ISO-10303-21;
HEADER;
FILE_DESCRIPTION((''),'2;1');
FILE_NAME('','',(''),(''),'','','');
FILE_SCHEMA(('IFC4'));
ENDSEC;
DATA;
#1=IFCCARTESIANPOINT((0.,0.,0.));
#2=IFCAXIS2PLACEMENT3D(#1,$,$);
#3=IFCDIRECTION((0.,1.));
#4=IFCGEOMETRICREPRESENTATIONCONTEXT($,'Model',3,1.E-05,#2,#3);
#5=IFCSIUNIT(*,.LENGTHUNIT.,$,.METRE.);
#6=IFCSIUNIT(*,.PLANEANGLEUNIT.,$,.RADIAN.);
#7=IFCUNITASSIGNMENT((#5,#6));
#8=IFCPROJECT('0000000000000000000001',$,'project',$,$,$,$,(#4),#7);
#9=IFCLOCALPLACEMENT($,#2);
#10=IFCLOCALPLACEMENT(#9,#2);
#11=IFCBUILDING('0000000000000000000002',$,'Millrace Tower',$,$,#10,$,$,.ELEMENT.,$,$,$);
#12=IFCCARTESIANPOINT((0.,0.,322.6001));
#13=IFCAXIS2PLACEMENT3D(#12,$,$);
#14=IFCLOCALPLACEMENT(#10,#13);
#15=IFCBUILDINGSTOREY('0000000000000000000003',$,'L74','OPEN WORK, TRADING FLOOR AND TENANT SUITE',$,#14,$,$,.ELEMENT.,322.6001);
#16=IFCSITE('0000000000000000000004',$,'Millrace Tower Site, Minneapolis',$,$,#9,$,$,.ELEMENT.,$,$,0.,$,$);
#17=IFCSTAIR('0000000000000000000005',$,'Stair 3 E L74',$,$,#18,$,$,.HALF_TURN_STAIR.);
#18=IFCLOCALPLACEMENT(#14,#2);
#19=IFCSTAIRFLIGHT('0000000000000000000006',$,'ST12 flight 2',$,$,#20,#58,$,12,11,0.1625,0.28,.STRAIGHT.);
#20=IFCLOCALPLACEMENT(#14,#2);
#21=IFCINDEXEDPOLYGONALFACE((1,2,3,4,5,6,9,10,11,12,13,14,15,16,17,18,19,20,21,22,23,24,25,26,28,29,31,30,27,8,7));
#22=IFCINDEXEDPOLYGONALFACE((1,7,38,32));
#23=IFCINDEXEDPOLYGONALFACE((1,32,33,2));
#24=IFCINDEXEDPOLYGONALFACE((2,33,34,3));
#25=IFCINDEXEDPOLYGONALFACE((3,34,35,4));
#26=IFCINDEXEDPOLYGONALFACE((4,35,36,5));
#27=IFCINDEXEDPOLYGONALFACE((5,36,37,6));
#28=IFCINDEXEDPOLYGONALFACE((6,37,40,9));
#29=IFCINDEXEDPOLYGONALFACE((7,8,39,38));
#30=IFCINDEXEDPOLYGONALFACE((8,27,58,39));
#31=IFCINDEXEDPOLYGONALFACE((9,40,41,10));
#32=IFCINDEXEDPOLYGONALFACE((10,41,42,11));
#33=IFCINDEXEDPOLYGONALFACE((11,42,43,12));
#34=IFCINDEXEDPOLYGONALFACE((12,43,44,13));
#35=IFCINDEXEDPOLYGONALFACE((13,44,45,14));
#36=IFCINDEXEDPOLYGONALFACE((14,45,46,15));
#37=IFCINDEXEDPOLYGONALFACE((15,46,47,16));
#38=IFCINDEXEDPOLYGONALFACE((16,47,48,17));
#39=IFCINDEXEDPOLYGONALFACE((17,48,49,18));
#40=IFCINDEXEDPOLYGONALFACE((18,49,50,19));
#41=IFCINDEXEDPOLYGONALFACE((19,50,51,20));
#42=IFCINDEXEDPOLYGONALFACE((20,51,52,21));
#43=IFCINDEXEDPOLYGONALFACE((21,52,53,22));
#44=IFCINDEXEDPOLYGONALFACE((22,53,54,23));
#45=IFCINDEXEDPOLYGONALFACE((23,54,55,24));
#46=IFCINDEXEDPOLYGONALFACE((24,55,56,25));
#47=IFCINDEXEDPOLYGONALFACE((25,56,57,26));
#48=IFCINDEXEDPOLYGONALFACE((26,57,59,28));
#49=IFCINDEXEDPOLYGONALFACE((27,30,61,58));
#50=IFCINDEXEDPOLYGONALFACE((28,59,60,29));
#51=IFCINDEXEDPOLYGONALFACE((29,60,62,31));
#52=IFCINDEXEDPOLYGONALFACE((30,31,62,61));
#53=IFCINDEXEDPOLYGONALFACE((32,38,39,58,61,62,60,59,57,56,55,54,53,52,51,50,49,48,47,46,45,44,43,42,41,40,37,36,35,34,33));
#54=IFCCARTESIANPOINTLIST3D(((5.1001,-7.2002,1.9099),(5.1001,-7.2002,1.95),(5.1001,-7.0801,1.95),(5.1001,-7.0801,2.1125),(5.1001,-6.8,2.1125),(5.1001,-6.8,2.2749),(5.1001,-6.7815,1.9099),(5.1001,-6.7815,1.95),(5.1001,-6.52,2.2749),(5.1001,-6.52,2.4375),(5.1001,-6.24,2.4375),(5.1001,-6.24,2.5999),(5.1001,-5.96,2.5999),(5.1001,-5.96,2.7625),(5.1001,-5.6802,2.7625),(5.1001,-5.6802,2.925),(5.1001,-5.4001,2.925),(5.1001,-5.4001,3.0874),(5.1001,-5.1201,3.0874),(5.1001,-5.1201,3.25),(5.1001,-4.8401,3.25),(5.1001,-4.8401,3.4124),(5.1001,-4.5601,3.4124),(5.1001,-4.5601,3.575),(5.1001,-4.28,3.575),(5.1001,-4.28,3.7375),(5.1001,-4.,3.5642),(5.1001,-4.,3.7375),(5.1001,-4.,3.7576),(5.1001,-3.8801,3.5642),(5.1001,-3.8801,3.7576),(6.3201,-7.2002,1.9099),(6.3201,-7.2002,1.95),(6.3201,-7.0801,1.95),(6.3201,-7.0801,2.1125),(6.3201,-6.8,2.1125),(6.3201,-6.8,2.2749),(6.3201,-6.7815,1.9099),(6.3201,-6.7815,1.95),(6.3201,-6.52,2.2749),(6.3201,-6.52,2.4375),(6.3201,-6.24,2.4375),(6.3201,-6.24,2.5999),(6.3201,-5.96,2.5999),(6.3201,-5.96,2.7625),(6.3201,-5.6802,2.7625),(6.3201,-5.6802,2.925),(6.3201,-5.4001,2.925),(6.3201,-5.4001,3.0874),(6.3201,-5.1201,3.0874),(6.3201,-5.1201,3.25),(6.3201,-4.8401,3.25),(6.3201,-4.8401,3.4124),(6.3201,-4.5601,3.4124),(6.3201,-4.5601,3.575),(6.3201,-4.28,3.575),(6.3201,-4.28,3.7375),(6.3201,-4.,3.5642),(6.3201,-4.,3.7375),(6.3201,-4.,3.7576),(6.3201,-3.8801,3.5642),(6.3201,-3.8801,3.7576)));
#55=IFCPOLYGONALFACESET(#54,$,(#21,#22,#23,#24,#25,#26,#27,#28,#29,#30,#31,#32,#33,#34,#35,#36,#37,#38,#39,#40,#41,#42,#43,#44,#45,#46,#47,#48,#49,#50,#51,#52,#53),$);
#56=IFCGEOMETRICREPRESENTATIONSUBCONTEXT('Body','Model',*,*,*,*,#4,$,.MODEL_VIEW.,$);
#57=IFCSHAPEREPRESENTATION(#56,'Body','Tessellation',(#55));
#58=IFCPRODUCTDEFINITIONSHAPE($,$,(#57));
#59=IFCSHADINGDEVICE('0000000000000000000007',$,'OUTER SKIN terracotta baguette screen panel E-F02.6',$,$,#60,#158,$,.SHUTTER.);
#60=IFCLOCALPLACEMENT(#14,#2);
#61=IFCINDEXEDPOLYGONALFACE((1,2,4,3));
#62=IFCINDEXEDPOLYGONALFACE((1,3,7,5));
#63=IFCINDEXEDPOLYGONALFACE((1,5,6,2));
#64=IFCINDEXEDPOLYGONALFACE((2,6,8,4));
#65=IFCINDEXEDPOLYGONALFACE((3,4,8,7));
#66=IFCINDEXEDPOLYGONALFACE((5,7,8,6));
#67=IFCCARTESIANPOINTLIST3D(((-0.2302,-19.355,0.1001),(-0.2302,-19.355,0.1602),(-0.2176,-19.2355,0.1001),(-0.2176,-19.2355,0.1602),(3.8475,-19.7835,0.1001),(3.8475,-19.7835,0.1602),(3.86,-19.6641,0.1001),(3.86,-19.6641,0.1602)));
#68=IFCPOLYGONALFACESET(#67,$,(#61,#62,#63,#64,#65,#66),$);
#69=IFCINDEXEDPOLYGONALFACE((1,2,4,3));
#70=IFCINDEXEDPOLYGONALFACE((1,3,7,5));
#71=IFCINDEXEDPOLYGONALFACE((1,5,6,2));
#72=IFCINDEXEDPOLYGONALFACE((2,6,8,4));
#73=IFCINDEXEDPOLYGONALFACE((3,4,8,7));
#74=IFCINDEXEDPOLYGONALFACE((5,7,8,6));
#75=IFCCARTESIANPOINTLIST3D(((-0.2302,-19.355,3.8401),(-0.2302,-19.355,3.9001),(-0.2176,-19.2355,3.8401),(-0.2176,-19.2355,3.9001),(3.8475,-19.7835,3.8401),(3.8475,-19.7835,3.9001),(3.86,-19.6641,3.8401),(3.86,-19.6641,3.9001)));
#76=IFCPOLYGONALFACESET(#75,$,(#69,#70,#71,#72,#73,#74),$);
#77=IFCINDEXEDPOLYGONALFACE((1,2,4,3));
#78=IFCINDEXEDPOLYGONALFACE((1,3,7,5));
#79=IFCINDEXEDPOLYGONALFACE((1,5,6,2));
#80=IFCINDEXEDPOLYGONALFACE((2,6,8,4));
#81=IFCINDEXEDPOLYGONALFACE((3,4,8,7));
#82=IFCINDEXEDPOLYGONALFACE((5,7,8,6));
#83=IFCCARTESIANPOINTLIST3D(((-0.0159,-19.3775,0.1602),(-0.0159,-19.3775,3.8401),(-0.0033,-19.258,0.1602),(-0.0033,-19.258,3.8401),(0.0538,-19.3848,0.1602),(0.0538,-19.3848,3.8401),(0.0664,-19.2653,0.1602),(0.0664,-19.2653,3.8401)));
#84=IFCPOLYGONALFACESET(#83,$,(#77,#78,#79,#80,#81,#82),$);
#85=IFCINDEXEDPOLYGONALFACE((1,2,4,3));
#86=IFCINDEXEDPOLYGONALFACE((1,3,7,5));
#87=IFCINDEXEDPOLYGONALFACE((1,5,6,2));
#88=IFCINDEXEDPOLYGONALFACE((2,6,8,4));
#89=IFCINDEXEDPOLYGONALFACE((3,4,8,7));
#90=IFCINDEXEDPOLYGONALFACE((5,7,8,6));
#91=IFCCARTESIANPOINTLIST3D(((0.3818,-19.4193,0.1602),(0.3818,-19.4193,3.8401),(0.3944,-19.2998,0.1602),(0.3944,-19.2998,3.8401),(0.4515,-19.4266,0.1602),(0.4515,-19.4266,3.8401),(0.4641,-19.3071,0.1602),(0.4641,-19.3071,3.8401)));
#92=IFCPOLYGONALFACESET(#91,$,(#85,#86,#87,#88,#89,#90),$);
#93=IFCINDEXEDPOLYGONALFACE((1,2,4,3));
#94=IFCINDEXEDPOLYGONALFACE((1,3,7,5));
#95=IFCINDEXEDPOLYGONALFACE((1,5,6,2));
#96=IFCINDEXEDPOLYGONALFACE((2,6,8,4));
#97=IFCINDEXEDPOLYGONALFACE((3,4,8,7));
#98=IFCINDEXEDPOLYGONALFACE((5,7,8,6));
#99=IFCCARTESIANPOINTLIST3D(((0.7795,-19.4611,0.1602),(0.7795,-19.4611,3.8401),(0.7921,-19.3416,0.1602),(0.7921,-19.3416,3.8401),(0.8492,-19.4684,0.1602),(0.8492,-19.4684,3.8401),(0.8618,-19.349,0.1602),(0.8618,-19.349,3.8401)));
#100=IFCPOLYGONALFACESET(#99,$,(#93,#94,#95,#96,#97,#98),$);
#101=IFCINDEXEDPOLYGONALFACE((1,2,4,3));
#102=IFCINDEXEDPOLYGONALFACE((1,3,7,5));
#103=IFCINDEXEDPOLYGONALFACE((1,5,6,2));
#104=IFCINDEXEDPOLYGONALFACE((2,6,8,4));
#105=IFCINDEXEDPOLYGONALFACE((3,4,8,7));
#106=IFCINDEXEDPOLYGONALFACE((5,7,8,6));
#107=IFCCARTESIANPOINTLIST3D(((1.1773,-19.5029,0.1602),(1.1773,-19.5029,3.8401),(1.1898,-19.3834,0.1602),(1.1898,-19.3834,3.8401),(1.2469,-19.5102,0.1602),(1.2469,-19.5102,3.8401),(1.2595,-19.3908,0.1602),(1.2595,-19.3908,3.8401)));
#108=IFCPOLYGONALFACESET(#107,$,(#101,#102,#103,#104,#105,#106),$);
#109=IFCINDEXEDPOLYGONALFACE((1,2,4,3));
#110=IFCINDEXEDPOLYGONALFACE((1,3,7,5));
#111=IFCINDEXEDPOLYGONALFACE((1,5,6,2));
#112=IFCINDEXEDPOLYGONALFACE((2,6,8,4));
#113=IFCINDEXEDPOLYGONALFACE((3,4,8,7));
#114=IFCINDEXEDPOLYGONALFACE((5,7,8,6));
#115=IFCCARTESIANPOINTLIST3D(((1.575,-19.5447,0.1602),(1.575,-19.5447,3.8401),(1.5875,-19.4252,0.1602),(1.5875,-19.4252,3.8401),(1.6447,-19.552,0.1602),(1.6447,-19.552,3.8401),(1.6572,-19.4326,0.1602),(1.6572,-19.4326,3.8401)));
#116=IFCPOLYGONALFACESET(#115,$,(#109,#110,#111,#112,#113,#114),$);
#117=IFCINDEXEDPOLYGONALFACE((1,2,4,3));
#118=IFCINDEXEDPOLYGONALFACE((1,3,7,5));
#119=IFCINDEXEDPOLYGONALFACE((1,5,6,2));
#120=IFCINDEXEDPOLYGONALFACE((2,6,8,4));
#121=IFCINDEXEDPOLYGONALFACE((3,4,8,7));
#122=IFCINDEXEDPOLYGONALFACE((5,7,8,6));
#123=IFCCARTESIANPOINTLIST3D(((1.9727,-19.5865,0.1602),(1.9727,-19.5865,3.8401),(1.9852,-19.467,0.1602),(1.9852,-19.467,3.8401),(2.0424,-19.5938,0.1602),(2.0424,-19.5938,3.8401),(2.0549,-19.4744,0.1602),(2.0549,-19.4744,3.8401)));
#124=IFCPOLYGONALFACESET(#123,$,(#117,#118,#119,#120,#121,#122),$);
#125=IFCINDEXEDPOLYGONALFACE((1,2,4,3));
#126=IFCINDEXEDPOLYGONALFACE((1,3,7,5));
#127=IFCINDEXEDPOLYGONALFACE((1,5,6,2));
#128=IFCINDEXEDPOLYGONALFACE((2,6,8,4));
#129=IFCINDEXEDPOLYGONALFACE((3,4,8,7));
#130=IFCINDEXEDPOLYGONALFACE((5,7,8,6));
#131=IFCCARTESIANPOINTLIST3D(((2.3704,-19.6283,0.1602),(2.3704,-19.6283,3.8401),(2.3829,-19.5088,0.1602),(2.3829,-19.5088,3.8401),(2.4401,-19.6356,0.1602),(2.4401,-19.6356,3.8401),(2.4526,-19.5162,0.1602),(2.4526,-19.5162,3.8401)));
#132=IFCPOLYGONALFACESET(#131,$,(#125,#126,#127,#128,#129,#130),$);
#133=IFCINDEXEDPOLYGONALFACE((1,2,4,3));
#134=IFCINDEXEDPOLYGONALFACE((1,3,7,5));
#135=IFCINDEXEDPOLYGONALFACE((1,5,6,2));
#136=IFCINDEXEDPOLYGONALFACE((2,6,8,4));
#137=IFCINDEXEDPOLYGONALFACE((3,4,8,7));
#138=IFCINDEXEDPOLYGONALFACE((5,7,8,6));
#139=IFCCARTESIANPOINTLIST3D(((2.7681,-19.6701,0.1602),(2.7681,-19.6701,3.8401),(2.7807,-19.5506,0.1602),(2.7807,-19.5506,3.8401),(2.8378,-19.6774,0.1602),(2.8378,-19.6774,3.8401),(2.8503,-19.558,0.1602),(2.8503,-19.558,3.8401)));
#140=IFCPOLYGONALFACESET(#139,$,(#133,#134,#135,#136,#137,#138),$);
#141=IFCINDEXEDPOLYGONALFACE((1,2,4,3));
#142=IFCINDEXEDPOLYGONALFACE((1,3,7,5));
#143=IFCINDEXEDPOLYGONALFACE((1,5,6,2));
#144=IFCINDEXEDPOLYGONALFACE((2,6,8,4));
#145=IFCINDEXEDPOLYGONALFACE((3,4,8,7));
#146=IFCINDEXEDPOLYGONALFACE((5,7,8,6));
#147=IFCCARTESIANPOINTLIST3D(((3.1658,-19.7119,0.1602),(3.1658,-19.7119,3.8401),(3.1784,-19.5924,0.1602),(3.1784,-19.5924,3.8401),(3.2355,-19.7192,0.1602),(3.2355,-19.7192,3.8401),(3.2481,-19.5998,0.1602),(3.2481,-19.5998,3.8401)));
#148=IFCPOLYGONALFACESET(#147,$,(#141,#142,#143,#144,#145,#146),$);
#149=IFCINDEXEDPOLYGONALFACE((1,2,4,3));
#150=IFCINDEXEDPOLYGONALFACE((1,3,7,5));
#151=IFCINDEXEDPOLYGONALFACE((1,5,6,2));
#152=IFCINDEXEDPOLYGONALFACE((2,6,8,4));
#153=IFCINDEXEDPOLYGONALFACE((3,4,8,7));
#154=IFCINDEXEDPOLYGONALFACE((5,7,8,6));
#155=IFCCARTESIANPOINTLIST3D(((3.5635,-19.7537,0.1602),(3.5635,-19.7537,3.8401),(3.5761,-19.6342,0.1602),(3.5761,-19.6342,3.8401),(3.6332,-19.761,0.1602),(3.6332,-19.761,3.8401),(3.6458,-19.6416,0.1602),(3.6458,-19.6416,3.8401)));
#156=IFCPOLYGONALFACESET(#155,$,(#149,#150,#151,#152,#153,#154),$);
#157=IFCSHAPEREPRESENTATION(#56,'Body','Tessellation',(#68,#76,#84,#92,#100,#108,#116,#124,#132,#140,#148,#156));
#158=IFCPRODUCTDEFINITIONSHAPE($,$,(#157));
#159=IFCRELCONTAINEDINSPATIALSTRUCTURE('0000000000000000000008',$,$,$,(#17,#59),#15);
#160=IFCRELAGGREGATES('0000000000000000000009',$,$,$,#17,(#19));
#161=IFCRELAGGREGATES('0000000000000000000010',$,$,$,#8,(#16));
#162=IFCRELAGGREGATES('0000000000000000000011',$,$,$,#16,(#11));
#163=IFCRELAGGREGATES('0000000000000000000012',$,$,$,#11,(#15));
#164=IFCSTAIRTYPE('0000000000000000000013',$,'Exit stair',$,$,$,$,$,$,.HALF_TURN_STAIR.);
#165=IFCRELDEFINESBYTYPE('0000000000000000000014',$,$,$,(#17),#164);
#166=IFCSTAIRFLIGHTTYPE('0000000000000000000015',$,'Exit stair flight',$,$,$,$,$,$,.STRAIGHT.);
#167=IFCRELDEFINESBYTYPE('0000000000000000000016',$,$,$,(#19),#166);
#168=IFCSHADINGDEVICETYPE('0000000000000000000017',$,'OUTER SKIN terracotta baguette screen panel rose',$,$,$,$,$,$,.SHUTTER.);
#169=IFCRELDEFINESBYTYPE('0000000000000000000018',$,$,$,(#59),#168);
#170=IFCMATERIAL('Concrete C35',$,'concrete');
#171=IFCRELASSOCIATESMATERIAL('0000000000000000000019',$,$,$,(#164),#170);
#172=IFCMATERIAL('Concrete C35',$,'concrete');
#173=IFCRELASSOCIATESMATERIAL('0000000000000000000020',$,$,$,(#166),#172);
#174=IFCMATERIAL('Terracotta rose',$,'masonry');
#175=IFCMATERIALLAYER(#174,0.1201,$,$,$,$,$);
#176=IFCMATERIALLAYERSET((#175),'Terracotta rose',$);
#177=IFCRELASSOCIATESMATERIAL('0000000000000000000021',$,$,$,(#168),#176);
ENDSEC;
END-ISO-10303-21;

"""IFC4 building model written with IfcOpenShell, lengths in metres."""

from ifc_helpers import new_model, entity, si_unit, direction, frame, frame_2d, origin, place, context, subcontext, project, spatial, polyline, rectangle, outline, extrude, source, transform, mapped, material, layer, layer_set, type_object, element, aggregate, save


model = new_model("IFC4")

# Units and contexts
model_context = context("Model", 3, precision=1e-05, world=origin(), true_north=direction((0.0, 1.0)))
body_context = subcontext(model_context, "Body", "Model", "MODEL_VIEW")
ifc_project = project(units=[si_unit("LENGTHUNIT", "METRE"), si_unit("PLANEANGLEUNIT", "RADIAN")], contexts=[model_context])

# Site, building, storey
site_placement = place(None, origin())
site = spatial("IfcSite", under=ifc_project, at=site_placement, Name="Millrace Tower Site, Minneapolis", CompositionType="ELEMENT", RefElevation=0.0)
building_placement = place(site_placement, origin())
building = spatial("IfcBuilding", under=site, at=building_placement, Name="Millrace Tower", CompositionType="ELEMENT")
storey_placement = place(building_placement, frame((0.0, 0.0, 322.6001)))
storey = spatial("IfcBuildingStorey", under=building, at=storey_placement, Name="L74", Description="OPEN WORK, TRADING FLOOR AND TENANT SUITE", CompositionType="ELEMENT", Elevation=322.6001)

# Shared definitions
placement = place(storey_placement, origin())

# Stair, stair flight
ifc_material_1 = material(Name="Concrete C35", Category="concrete")
stair_type = type_object("IfcStairType", Name="Exit stair", PredefinedType="HALF_TURN_STAIR", material=ifc_material_1)
ifc_material_2 = material(Name="Concrete C35", Category="concrete")
stair_flight_type = type_object("IfcStairFlightType", Name="Exit stair flight", PredefinedType="STRAIGHT", material=ifc_material_2)
stair_1 = element("IfcStair", 1, at=placement, inside=storey, type_object=stair_type, Name="Stair 3 E L74", PredefinedType="HALF_TURN_STAIR")
stair_flight_1_placement = place(storey_placement, frame((5.71, -7.0801, 1.95), z_axis=(0.0, 0.0, 1.0), x_axis=(0.0, 1.0, 0.0)))
stair_flight_1 = element("IfcStairFlight", 2, at=stair_flight_1_placement, type_object=stair_flight_type, Name="ST12 flight 2", NumberOfRisers=12, NumberOfTreads=11, PredefinedType="STRAIGHT", RiserHeight=0.1625, TreadLength=0.28, context=body_context, shape_type="SweptSolid", body=[
    extrude(outline(polyline([(-0.1201, -0.04), (-0.1201, 0.0), (0.0, 0.0), (0.0, 0.1626), (0.28, 0.1626), (0.28, 0.325), (0.5601, 0.325), (0.5601, 0.4875), (0.8401, 0.4875), (0.8401, 0.6499), (1.1201, 0.6499), (1.1201, 0.8125), (1.3999, 0.8125), (1.3999, 0.9751), (1.6799, 0.9751), (1.6799, 1.1375), (1.96, 1.1375), (1.96, 1.3), (2.24, 1.3), (2.24, 1.4624), (2.52, 1.4624), (2.52, 1.625), (2.8, 1.625), (2.8, 1.7876), (3.0801, 1.7876), (3.0801, 1.8076), (3.2, 1.8076), (3.2, 1.6143), (3.0801, 1.6143), (0.2986, 0.0), (0.2986, -0.04), (-0.1201, -0.04)])), frame((0.0, 0.6099, 0.0), z_axis=(0.0, -1.0, 0.0), x_axis=(1.0, 0.0, 0.0)), (0.0, 0.0, 1.0), 1.22),
])
aggregate(stair_1, [stair_flight_1])

# Shading device
ifc_material_3 = material(Name="Terracotta rose", Category="masonry")
ifc_layer_1 = layer(ifc_material_3, 0.1201)
ifc_layer_set_1 = layer_set([ifc_layer_1], Name="Terracotta rose")
shading_device_type = type_object("IfcShadingDeviceType", Name="OUTER SKIN terracotta baguette screen panel rose", PredefinedType="SHUTTER", material=ifc_layer_set_1)
cartesian_point = entity("IfcCartesianPoint", [-2.05, 0.0601])
shared_polyline = entity("IfcPolyline", [cartesian_point, entity("IfcCartesianPoint", [2.05, 0.0601]), entity("IfcCartesianPoint", [2.05, -0.0601]), entity("IfcCartesianPoint", [-2.05, -0.0601]), cartesian_point])
shared_shape = source(origin(), body_context, "Body", "SweptSolid", [
    entity("IfcExtrudedAreaSolid", entity("IfcArbitraryClosedProfileDef", "AREA", None, shared_polyline), entity("IfcAxis2Placement3D", entity("IfcCartesianPoint", [0.0, 0.0, 0.0])), entity("IfcDirection", [0.0, 0.0, 1.0]), 0.0601),
    entity("IfcExtrudedAreaSolid", entity("IfcArbitraryClosedProfileDef", "AREA", None, shared_polyline), entity("IfcAxis2Placement3D", entity("IfcCartesianPoint", [0.0, 0.0, 3.74])), entity("IfcDirection", [0.0, 0.0, 1.0]), 0.0601),
    extrude(rectangle(XDim=0.0701, YDim=0.1201, at=frame_2d((-1.7996, 0.0))), frame((0.0, 0.0, 0.0601)), (0.0, 0.0, 1.0), 3.6799),
    extrude(rectangle(XDim=0.0701, YDim=0.1201, at=frame_2d((-1.3997, 0.0))), frame((0.0, 0.0, 0.0601)), (0.0, 0.0, 1.0), 3.6799),
    extrude(rectangle(XDim=0.0701, YDim=0.1201, at=frame_2d((-0.9998, 0.0))), frame((0.0, 0.0, 0.0601)), (0.0, 0.0, 1.0), 3.6799),
    extrude(rectangle(XDim=0.0701, YDim=0.1201, at=frame_2d((-0.5999, 0.0))), frame((0.0, 0.0, 0.0601)), (0.0, 0.0, 1.0), 3.6799),
    extrude(rectangle(XDim=0.0701, YDim=0.1201, at=frame_2d((-0.2, 0.0))), frame((0.0, 0.0, 0.0601)), (0.0, 0.0, 1.0), 3.6799),
    extrude(rectangle(XDim=0.0701, YDim=0.1201, at=frame_2d((0.2, 0.0))), frame((0.0, 0.0, 0.0601)), (0.0, 0.0, 1.0), 3.6799),
    extrude(rectangle(XDim=0.0701, YDim=0.1201, at=frame_2d((0.5999, 0.0))), frame((0.0, 0.0, 0.0601)), (0.0, 0.0, 1.0), 3.6799),
    extrude(rectangle(XDim=0.0701, YDim=0.1201, at=frame_2d((0.9998, 0.0))), frame((0.0, 0.0, 0.0601)), (0.0, 0.0, 1.0), 3.6799),
    extrude(rectangle(XDim=0.0701, YDim=0.1201, at=frame_2d((1.3997, 0.0))), frame((0.0, 0.0, 0.0601)), (0.0, 0.0, 1.0), 3.6799),
    extrude(rectangle(XDim=0.0701, YDim=0.1201, at=frame_2d((1.7996, 0.0))), frame((0.0, 0.0, 0.0601)), (0.0, 0.0, 1.0), 3.6799),
])
for number, where, z_axis, x_axis, name in (
    (3, (1.8149, -19.5095, 0.1001), (0.0, 0.0, 1.0), (0.994522, -0.104528, 0.0), "OUTER SKIN terracotta baguette screen panel E-F02.6"),
):
    element("IfcShadingDevice", number, at=place(storey_placement, frame(where, z_axis=z_axis, x_axis=x_axis)), inside=storey, type_object=shading_device_type, Name=name, PredefinedType="SHUTTER", context=body_context, shape_type="MappedRepresentation", body=[
        mapped(shared_shape, transform((0.0, 0.0, 0.0), scale=1.0)),
    ])

save(model, "model.ifc")
